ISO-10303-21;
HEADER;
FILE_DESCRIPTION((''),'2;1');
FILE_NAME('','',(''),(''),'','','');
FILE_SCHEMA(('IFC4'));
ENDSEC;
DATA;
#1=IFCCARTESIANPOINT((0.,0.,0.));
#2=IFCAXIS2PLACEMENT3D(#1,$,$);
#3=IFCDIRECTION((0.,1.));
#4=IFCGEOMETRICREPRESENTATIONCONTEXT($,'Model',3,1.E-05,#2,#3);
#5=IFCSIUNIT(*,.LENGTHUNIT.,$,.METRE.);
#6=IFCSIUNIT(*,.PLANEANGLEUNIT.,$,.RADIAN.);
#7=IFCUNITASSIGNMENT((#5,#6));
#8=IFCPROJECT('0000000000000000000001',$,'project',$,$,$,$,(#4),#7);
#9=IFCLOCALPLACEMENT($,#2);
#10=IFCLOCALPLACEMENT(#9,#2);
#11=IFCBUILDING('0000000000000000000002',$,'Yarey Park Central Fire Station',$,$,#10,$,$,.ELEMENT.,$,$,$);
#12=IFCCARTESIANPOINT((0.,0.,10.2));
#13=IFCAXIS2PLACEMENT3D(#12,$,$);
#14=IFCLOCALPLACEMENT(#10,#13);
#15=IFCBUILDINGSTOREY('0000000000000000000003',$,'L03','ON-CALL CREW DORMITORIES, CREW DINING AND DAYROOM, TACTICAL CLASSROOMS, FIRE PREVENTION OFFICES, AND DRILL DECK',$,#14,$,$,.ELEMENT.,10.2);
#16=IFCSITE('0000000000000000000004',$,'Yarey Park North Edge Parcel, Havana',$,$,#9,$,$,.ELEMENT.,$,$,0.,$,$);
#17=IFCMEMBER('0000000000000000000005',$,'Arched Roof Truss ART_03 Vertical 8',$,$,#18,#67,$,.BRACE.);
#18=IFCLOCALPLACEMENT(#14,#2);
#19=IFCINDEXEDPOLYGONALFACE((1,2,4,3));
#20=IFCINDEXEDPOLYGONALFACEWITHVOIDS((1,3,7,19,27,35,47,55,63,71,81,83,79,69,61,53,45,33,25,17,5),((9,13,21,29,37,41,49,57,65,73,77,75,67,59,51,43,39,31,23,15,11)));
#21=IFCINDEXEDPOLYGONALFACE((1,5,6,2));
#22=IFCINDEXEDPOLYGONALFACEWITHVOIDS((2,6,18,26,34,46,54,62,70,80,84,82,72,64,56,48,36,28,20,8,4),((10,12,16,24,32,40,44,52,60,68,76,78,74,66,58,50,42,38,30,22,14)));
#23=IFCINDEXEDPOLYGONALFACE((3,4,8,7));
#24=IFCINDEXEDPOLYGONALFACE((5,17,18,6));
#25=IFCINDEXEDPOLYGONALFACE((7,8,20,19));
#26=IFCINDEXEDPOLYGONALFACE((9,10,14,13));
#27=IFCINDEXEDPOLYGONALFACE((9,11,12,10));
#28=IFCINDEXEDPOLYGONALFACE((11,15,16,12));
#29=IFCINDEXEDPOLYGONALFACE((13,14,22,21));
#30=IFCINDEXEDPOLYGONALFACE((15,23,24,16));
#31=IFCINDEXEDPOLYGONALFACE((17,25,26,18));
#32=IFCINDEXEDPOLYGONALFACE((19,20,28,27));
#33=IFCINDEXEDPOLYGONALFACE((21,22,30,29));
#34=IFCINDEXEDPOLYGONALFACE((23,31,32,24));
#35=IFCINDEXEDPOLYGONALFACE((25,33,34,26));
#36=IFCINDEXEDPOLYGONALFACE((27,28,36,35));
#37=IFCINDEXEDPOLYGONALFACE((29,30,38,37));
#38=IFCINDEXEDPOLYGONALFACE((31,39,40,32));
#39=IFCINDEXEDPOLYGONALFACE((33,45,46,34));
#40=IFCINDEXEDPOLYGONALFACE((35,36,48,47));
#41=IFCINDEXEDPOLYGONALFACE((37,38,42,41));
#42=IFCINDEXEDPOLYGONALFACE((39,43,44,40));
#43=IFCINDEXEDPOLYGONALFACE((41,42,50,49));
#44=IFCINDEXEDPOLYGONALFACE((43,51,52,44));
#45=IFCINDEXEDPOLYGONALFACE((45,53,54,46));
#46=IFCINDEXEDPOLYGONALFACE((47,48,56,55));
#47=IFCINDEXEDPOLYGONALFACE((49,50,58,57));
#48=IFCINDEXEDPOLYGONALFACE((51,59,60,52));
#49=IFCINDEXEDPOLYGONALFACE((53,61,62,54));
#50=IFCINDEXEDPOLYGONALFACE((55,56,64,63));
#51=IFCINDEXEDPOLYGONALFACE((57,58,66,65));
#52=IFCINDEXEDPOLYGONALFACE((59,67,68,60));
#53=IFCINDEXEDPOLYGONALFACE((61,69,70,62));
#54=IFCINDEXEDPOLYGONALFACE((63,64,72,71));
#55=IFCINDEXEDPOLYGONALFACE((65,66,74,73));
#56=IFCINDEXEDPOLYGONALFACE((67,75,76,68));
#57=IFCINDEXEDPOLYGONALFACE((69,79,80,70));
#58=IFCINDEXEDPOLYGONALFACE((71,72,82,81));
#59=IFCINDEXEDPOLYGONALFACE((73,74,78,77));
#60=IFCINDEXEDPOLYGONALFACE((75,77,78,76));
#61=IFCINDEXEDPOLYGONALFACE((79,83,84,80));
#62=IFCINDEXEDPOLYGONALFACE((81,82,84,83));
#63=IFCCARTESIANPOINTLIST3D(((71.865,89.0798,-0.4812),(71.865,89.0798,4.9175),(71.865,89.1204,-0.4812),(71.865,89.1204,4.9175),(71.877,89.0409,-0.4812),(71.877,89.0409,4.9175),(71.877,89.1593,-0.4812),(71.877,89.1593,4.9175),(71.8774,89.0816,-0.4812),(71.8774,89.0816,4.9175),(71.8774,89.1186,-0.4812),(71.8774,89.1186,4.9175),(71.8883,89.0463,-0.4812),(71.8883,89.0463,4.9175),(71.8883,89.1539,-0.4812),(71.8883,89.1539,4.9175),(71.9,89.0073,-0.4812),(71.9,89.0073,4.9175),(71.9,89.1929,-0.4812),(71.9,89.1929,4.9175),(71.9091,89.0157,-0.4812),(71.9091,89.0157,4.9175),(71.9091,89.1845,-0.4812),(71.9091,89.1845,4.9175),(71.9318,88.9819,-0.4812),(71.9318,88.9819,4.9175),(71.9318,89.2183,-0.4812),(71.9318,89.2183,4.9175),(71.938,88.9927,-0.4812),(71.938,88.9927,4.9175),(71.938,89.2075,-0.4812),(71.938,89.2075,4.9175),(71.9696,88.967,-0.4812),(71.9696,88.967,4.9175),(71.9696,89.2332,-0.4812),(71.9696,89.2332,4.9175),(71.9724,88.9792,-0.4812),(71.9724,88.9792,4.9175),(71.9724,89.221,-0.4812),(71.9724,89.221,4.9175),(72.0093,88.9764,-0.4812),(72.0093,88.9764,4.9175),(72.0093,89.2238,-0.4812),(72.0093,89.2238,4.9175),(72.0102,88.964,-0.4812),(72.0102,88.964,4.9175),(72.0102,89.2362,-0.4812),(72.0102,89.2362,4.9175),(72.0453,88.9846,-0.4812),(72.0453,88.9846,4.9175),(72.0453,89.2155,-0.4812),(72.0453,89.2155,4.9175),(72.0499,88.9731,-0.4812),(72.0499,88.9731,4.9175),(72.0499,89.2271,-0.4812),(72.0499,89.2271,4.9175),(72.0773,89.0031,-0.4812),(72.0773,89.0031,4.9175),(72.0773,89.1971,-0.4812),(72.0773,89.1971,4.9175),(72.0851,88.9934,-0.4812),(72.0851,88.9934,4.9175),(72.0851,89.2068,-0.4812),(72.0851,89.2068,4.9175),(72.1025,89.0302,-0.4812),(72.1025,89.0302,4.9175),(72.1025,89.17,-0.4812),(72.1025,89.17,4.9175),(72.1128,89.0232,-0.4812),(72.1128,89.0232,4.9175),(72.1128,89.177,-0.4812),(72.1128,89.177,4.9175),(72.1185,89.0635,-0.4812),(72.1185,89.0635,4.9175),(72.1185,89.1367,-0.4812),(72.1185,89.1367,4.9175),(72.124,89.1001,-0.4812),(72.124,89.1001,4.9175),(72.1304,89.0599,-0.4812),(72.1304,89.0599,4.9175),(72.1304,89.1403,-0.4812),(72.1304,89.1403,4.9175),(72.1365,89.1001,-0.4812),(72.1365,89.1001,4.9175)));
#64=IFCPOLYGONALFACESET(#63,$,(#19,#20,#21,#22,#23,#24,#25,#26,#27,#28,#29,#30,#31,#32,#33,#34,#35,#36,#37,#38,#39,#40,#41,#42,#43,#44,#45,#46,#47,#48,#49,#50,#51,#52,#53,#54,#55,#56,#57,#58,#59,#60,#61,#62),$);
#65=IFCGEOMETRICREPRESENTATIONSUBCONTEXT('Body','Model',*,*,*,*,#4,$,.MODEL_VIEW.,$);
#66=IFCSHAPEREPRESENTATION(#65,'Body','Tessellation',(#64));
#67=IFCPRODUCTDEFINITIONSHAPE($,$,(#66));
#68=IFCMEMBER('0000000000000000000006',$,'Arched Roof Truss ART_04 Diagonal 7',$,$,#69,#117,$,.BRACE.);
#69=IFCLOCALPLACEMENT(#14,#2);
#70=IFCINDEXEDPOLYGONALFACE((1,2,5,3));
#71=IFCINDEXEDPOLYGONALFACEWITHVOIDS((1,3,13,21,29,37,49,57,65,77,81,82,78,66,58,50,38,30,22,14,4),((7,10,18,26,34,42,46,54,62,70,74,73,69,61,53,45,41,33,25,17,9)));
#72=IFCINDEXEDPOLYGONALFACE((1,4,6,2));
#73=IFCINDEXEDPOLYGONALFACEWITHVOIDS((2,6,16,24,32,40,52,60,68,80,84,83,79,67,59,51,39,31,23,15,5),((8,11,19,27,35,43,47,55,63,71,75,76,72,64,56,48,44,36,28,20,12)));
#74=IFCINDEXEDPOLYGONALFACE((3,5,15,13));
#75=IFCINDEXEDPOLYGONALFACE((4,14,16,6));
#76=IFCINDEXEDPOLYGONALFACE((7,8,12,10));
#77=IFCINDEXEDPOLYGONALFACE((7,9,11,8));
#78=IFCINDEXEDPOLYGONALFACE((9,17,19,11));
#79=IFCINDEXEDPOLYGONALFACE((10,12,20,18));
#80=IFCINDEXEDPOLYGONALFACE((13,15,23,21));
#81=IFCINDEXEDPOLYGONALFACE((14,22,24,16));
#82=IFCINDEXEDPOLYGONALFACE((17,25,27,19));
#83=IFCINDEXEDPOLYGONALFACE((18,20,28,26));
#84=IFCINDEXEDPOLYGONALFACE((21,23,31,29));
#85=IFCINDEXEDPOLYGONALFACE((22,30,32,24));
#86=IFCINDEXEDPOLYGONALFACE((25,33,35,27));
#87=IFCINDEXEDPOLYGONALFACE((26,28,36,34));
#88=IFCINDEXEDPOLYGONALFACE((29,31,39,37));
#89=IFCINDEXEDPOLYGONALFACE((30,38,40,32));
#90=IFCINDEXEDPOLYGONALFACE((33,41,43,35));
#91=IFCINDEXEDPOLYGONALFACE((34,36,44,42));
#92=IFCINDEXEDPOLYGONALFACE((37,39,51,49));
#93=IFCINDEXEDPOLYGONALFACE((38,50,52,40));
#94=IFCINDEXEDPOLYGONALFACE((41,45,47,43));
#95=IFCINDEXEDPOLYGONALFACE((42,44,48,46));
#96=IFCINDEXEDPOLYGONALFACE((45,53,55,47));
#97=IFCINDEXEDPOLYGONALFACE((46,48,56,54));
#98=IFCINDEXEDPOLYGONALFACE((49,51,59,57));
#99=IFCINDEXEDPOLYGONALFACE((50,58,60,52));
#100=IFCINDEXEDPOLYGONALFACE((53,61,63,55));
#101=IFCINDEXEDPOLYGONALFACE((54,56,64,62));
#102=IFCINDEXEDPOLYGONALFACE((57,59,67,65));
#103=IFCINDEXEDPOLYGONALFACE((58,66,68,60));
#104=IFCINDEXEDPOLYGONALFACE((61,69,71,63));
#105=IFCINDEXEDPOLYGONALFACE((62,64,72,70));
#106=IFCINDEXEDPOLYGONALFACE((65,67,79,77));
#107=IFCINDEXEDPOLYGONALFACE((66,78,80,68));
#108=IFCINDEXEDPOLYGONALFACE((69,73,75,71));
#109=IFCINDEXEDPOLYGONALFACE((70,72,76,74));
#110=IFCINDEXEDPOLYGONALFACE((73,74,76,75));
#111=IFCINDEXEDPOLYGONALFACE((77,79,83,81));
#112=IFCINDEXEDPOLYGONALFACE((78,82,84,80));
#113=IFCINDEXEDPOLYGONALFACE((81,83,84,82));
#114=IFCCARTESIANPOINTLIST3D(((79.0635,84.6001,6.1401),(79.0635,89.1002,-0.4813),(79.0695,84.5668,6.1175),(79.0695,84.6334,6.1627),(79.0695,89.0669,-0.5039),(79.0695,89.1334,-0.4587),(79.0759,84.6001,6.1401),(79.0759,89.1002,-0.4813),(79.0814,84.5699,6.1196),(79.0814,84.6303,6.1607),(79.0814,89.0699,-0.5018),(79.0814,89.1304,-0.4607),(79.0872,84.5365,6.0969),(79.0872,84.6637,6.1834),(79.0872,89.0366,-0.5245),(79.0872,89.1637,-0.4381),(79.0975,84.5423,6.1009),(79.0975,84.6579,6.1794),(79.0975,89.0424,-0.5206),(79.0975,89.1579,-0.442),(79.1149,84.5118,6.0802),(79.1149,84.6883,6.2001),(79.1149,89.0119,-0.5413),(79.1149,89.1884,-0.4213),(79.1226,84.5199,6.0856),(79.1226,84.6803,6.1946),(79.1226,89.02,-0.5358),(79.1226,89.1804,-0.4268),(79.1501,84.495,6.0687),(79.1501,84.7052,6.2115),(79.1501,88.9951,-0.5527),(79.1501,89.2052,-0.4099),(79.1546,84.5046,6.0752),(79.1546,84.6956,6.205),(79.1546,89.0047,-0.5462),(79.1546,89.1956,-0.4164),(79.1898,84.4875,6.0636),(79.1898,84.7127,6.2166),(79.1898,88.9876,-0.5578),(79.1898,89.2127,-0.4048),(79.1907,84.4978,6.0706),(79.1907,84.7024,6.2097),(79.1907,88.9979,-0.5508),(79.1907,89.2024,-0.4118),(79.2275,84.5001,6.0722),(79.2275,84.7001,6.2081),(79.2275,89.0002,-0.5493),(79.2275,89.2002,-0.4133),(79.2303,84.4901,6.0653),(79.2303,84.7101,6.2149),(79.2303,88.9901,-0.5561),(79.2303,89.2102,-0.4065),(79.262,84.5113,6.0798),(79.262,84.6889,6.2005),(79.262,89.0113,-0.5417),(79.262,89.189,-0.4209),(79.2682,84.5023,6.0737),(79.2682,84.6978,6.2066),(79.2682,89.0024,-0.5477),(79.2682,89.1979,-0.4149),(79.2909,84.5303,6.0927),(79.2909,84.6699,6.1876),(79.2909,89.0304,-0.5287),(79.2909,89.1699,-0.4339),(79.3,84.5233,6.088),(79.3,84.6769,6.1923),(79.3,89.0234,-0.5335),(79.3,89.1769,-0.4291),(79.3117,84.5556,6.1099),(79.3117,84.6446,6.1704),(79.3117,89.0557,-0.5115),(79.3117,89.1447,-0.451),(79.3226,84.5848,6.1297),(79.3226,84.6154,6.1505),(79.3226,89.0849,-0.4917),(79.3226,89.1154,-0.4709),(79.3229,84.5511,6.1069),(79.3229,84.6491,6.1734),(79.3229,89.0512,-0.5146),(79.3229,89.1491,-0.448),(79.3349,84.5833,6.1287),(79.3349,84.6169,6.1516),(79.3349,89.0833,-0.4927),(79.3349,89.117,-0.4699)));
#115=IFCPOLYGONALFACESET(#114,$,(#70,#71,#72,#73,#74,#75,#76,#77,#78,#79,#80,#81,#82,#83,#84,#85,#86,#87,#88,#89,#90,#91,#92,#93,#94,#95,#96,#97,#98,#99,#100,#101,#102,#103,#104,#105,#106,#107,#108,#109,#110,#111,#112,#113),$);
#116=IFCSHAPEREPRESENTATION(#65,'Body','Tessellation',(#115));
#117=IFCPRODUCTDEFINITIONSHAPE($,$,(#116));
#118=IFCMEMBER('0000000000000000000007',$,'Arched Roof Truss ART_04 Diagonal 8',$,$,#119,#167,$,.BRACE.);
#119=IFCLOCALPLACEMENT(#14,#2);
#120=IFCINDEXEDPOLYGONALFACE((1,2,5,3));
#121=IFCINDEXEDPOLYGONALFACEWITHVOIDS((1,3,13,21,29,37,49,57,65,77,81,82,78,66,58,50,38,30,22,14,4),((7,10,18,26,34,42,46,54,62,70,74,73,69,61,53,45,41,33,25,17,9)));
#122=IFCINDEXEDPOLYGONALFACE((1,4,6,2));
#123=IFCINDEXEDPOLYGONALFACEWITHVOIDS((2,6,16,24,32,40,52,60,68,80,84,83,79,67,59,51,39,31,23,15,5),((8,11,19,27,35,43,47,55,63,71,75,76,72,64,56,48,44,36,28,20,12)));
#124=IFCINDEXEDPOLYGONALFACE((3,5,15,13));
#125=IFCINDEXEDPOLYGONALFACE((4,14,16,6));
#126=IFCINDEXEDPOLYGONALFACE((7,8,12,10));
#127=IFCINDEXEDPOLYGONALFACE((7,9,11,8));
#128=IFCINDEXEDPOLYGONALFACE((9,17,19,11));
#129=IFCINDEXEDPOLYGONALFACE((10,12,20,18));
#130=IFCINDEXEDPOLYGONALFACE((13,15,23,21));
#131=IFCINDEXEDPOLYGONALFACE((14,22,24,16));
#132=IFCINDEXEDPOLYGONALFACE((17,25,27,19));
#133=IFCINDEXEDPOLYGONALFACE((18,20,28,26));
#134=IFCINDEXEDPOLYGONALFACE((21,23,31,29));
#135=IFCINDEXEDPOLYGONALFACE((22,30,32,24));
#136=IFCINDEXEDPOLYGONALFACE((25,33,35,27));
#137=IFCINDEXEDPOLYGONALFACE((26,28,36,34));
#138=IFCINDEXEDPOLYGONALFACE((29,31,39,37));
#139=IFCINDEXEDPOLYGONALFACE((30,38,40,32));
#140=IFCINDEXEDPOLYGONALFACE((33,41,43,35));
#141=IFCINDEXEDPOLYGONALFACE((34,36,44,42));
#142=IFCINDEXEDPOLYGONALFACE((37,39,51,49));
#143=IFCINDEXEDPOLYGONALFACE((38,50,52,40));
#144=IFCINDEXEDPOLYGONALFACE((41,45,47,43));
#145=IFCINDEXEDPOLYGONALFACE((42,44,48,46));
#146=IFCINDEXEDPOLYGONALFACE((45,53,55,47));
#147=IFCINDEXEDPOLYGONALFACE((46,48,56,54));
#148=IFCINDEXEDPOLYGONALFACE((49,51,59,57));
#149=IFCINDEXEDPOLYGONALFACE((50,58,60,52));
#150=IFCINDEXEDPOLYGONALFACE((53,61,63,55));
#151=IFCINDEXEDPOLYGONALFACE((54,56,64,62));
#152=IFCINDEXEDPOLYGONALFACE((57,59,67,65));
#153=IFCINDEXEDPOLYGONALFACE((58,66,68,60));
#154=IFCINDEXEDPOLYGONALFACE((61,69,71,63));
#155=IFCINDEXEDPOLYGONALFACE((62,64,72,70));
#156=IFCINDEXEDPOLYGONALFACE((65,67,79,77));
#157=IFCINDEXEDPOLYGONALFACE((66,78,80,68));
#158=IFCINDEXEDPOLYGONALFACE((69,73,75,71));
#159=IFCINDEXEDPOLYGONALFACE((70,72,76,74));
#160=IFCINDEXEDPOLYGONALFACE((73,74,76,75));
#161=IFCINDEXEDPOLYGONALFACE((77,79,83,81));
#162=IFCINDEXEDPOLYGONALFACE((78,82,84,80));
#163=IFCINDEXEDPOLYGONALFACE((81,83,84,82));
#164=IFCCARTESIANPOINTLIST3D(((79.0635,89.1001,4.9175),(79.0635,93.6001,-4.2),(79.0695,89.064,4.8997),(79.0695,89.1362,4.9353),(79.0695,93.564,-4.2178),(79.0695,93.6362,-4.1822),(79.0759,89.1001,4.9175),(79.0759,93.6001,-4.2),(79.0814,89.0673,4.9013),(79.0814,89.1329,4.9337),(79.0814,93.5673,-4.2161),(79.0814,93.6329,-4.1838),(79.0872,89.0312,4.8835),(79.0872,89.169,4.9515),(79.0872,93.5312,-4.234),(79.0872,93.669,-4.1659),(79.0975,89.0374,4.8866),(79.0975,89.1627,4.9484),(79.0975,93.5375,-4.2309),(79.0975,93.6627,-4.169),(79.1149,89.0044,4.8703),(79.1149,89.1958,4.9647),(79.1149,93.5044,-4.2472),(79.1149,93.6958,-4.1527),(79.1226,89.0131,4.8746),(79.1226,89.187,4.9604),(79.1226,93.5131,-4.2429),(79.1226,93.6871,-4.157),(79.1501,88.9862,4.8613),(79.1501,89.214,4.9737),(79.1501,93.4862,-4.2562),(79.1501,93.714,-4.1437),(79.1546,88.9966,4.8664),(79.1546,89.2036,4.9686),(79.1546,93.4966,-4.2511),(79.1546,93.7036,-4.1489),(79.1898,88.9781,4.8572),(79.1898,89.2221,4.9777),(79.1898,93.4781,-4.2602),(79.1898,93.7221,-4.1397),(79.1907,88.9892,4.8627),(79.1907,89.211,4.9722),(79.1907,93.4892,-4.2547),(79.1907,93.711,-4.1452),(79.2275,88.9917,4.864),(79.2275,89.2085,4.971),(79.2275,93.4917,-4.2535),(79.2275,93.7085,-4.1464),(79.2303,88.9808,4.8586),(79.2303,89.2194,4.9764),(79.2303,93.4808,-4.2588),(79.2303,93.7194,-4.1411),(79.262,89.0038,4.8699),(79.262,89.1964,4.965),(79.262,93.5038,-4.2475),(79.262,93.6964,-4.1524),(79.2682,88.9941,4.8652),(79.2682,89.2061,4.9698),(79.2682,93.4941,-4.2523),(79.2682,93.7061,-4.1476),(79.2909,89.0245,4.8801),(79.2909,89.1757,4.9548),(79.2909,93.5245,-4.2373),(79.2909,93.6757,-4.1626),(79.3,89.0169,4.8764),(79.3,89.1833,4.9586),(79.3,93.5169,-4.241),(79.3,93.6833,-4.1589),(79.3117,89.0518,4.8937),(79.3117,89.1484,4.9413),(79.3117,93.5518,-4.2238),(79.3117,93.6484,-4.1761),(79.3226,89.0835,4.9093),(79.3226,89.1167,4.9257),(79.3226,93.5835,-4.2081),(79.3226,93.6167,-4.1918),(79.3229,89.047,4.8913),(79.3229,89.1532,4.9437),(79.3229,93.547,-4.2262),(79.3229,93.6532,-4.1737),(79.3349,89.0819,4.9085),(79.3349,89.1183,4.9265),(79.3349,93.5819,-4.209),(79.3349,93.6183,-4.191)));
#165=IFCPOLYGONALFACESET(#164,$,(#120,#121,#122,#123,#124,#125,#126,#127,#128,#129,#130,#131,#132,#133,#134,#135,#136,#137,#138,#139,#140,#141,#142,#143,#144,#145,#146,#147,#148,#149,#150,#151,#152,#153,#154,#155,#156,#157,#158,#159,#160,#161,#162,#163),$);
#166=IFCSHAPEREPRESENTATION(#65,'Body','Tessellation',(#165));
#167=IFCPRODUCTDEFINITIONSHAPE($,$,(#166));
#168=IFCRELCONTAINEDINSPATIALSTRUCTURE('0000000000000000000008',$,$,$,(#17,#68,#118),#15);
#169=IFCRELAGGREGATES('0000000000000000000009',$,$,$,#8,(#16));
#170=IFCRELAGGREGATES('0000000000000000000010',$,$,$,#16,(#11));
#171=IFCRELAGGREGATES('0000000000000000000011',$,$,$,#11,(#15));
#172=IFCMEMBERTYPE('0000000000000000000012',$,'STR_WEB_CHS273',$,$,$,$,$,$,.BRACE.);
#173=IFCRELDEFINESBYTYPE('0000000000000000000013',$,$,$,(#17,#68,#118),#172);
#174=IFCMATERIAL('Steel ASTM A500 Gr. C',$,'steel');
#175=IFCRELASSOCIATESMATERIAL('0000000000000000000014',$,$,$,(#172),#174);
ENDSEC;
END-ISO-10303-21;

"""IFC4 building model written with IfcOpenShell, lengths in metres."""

from ifc_helpers import new_model, si_unit, direction, frame, origin, origin_2d, place, context, subcontext, project, spatial, hollow_circle, extrude, material, material_profile, profile_set, type_object, element, save


model = new_model("IFC4")

# Units and contexts
model_context = context("Model", 3, precision=1e-05, world=origin(), true_north=direction((0.0, 1.0)))
body_context = subcontext(model_context, "Body", "Model", "MODEL_VIEW")
ifc_project = project(units=[si_unit("LENGTHUNIT", "METRE"), si_unit("PLANEANGLEUNIT", "RADIAN")], contexts=[model_context])

# Site, building, storey
site_placement = place(None, origin())
site = spatial("IfcSite", under=ifc_project, at=site_placement, Name="Yarey Park North Edge Parcel, Havana", CompositionType="ELEMENT", RefElevation=0.0)
building_placement = place(site_placement, origin())
building = spatial("IfcBuilding", under=site, at=building_placement, Name="Yarey Park Central Fire Station", CompositionType="ELEMENT")
storey_placement = place(building_placement, frame((0.0, 0.0, 10.2)))
storey = spatial("IfcBuildingStorey", under=building, at=storey_placement, Name="L03", Description="ON-CALL CREW DORMITORIES, CREW DINING AND DAYROOM, TACTICAL CLASSROOMS, FIRE PREVENTION OFFICES, AND DRILL DECK", CompositionType="ELEMENT", Elevation=10.2)

# Members
ifc_material_1 = material(Name="Steel ASTM A500 Gr. C", Category="steel")
ifc_material_profile_1 = material_profile(ifc_material_1, hollow_circle(Radius=0.1365, WallThickness=0.0125, at=origin_2d()), Name="CHS 273x12.5")
ifc_profile_set_1 = profile_set([ifc_material_profile_1], Name="Steel ASTM A500 Gr. C")
member_type_1 = type_object("IfcMemberType", Name="STR_WEB_CHS273", PredefinedType="BRACE", material=ifc_profile_set_1)
member_1_placement = place(storey_placement, frame((72.0, 89.1001, -0.4812), z_axis=(0.0, 0.0, 1.0), x_axis=(1.0, 0.0, 0.0)))
element("IfcMember", 1, at=member_1_placement, inside=storey, type_object=member_type_1, Name="Arched Roof Truss ART_03 Vertical 8", PredefinedType="BRACE", context=body_context, shape_type="SweptSolid", body=[
    extrude(hollow_circle(Radius=0.1365, WallThickness=0.0125, at=origin_2d()), origin(), (0.0, 0.0, 1.0), 5.3987),
])
member_2_placement = place(storey_placement, frame((79.2, 84.6001, 6.1401), z_axis=(0.0, 0.562096, -0.827072), x_axis=(-1.0, 0.0, 0.0)))
element("IfcMember", 2, at=member_2_placement, inside=storey, type_object=member_type_1, Name="Arched Roof Truss ART_04 Diagonal 7", PredefinedType="BRACE", context=body_context, shape_type="SweptSolid", body=[
    extrude(hollow_circle(Radius=0.1365, WallThickness=0.0125, at=origin_2d()), origin(), (0.0, 0.0, 1.0), 8.0059),
])
member_3_placement = place(storey_placement, frame((79.2, 89.1001, 4.9175), z_axis=(0.0, 0.442588, -0.896725), x_axis=(-1.0, 0.0, 0.0)))
element("IfcMember", 3, at=member_3_placement, inside=storey, type_object=member_type_1, Name="Arched Roof Truss ART_04 Diagonal 8", PredefinedType="BRACE", context=body_context, shape_type="SweptSolid", body=[
    extrude(hollow_circle(Radius=0.1365, WallThickness=0.0125, at=origin_2d()), origin(), (0.0, 0.0, 1.0), 10.1675),
])

save(model, "model.ifc")
